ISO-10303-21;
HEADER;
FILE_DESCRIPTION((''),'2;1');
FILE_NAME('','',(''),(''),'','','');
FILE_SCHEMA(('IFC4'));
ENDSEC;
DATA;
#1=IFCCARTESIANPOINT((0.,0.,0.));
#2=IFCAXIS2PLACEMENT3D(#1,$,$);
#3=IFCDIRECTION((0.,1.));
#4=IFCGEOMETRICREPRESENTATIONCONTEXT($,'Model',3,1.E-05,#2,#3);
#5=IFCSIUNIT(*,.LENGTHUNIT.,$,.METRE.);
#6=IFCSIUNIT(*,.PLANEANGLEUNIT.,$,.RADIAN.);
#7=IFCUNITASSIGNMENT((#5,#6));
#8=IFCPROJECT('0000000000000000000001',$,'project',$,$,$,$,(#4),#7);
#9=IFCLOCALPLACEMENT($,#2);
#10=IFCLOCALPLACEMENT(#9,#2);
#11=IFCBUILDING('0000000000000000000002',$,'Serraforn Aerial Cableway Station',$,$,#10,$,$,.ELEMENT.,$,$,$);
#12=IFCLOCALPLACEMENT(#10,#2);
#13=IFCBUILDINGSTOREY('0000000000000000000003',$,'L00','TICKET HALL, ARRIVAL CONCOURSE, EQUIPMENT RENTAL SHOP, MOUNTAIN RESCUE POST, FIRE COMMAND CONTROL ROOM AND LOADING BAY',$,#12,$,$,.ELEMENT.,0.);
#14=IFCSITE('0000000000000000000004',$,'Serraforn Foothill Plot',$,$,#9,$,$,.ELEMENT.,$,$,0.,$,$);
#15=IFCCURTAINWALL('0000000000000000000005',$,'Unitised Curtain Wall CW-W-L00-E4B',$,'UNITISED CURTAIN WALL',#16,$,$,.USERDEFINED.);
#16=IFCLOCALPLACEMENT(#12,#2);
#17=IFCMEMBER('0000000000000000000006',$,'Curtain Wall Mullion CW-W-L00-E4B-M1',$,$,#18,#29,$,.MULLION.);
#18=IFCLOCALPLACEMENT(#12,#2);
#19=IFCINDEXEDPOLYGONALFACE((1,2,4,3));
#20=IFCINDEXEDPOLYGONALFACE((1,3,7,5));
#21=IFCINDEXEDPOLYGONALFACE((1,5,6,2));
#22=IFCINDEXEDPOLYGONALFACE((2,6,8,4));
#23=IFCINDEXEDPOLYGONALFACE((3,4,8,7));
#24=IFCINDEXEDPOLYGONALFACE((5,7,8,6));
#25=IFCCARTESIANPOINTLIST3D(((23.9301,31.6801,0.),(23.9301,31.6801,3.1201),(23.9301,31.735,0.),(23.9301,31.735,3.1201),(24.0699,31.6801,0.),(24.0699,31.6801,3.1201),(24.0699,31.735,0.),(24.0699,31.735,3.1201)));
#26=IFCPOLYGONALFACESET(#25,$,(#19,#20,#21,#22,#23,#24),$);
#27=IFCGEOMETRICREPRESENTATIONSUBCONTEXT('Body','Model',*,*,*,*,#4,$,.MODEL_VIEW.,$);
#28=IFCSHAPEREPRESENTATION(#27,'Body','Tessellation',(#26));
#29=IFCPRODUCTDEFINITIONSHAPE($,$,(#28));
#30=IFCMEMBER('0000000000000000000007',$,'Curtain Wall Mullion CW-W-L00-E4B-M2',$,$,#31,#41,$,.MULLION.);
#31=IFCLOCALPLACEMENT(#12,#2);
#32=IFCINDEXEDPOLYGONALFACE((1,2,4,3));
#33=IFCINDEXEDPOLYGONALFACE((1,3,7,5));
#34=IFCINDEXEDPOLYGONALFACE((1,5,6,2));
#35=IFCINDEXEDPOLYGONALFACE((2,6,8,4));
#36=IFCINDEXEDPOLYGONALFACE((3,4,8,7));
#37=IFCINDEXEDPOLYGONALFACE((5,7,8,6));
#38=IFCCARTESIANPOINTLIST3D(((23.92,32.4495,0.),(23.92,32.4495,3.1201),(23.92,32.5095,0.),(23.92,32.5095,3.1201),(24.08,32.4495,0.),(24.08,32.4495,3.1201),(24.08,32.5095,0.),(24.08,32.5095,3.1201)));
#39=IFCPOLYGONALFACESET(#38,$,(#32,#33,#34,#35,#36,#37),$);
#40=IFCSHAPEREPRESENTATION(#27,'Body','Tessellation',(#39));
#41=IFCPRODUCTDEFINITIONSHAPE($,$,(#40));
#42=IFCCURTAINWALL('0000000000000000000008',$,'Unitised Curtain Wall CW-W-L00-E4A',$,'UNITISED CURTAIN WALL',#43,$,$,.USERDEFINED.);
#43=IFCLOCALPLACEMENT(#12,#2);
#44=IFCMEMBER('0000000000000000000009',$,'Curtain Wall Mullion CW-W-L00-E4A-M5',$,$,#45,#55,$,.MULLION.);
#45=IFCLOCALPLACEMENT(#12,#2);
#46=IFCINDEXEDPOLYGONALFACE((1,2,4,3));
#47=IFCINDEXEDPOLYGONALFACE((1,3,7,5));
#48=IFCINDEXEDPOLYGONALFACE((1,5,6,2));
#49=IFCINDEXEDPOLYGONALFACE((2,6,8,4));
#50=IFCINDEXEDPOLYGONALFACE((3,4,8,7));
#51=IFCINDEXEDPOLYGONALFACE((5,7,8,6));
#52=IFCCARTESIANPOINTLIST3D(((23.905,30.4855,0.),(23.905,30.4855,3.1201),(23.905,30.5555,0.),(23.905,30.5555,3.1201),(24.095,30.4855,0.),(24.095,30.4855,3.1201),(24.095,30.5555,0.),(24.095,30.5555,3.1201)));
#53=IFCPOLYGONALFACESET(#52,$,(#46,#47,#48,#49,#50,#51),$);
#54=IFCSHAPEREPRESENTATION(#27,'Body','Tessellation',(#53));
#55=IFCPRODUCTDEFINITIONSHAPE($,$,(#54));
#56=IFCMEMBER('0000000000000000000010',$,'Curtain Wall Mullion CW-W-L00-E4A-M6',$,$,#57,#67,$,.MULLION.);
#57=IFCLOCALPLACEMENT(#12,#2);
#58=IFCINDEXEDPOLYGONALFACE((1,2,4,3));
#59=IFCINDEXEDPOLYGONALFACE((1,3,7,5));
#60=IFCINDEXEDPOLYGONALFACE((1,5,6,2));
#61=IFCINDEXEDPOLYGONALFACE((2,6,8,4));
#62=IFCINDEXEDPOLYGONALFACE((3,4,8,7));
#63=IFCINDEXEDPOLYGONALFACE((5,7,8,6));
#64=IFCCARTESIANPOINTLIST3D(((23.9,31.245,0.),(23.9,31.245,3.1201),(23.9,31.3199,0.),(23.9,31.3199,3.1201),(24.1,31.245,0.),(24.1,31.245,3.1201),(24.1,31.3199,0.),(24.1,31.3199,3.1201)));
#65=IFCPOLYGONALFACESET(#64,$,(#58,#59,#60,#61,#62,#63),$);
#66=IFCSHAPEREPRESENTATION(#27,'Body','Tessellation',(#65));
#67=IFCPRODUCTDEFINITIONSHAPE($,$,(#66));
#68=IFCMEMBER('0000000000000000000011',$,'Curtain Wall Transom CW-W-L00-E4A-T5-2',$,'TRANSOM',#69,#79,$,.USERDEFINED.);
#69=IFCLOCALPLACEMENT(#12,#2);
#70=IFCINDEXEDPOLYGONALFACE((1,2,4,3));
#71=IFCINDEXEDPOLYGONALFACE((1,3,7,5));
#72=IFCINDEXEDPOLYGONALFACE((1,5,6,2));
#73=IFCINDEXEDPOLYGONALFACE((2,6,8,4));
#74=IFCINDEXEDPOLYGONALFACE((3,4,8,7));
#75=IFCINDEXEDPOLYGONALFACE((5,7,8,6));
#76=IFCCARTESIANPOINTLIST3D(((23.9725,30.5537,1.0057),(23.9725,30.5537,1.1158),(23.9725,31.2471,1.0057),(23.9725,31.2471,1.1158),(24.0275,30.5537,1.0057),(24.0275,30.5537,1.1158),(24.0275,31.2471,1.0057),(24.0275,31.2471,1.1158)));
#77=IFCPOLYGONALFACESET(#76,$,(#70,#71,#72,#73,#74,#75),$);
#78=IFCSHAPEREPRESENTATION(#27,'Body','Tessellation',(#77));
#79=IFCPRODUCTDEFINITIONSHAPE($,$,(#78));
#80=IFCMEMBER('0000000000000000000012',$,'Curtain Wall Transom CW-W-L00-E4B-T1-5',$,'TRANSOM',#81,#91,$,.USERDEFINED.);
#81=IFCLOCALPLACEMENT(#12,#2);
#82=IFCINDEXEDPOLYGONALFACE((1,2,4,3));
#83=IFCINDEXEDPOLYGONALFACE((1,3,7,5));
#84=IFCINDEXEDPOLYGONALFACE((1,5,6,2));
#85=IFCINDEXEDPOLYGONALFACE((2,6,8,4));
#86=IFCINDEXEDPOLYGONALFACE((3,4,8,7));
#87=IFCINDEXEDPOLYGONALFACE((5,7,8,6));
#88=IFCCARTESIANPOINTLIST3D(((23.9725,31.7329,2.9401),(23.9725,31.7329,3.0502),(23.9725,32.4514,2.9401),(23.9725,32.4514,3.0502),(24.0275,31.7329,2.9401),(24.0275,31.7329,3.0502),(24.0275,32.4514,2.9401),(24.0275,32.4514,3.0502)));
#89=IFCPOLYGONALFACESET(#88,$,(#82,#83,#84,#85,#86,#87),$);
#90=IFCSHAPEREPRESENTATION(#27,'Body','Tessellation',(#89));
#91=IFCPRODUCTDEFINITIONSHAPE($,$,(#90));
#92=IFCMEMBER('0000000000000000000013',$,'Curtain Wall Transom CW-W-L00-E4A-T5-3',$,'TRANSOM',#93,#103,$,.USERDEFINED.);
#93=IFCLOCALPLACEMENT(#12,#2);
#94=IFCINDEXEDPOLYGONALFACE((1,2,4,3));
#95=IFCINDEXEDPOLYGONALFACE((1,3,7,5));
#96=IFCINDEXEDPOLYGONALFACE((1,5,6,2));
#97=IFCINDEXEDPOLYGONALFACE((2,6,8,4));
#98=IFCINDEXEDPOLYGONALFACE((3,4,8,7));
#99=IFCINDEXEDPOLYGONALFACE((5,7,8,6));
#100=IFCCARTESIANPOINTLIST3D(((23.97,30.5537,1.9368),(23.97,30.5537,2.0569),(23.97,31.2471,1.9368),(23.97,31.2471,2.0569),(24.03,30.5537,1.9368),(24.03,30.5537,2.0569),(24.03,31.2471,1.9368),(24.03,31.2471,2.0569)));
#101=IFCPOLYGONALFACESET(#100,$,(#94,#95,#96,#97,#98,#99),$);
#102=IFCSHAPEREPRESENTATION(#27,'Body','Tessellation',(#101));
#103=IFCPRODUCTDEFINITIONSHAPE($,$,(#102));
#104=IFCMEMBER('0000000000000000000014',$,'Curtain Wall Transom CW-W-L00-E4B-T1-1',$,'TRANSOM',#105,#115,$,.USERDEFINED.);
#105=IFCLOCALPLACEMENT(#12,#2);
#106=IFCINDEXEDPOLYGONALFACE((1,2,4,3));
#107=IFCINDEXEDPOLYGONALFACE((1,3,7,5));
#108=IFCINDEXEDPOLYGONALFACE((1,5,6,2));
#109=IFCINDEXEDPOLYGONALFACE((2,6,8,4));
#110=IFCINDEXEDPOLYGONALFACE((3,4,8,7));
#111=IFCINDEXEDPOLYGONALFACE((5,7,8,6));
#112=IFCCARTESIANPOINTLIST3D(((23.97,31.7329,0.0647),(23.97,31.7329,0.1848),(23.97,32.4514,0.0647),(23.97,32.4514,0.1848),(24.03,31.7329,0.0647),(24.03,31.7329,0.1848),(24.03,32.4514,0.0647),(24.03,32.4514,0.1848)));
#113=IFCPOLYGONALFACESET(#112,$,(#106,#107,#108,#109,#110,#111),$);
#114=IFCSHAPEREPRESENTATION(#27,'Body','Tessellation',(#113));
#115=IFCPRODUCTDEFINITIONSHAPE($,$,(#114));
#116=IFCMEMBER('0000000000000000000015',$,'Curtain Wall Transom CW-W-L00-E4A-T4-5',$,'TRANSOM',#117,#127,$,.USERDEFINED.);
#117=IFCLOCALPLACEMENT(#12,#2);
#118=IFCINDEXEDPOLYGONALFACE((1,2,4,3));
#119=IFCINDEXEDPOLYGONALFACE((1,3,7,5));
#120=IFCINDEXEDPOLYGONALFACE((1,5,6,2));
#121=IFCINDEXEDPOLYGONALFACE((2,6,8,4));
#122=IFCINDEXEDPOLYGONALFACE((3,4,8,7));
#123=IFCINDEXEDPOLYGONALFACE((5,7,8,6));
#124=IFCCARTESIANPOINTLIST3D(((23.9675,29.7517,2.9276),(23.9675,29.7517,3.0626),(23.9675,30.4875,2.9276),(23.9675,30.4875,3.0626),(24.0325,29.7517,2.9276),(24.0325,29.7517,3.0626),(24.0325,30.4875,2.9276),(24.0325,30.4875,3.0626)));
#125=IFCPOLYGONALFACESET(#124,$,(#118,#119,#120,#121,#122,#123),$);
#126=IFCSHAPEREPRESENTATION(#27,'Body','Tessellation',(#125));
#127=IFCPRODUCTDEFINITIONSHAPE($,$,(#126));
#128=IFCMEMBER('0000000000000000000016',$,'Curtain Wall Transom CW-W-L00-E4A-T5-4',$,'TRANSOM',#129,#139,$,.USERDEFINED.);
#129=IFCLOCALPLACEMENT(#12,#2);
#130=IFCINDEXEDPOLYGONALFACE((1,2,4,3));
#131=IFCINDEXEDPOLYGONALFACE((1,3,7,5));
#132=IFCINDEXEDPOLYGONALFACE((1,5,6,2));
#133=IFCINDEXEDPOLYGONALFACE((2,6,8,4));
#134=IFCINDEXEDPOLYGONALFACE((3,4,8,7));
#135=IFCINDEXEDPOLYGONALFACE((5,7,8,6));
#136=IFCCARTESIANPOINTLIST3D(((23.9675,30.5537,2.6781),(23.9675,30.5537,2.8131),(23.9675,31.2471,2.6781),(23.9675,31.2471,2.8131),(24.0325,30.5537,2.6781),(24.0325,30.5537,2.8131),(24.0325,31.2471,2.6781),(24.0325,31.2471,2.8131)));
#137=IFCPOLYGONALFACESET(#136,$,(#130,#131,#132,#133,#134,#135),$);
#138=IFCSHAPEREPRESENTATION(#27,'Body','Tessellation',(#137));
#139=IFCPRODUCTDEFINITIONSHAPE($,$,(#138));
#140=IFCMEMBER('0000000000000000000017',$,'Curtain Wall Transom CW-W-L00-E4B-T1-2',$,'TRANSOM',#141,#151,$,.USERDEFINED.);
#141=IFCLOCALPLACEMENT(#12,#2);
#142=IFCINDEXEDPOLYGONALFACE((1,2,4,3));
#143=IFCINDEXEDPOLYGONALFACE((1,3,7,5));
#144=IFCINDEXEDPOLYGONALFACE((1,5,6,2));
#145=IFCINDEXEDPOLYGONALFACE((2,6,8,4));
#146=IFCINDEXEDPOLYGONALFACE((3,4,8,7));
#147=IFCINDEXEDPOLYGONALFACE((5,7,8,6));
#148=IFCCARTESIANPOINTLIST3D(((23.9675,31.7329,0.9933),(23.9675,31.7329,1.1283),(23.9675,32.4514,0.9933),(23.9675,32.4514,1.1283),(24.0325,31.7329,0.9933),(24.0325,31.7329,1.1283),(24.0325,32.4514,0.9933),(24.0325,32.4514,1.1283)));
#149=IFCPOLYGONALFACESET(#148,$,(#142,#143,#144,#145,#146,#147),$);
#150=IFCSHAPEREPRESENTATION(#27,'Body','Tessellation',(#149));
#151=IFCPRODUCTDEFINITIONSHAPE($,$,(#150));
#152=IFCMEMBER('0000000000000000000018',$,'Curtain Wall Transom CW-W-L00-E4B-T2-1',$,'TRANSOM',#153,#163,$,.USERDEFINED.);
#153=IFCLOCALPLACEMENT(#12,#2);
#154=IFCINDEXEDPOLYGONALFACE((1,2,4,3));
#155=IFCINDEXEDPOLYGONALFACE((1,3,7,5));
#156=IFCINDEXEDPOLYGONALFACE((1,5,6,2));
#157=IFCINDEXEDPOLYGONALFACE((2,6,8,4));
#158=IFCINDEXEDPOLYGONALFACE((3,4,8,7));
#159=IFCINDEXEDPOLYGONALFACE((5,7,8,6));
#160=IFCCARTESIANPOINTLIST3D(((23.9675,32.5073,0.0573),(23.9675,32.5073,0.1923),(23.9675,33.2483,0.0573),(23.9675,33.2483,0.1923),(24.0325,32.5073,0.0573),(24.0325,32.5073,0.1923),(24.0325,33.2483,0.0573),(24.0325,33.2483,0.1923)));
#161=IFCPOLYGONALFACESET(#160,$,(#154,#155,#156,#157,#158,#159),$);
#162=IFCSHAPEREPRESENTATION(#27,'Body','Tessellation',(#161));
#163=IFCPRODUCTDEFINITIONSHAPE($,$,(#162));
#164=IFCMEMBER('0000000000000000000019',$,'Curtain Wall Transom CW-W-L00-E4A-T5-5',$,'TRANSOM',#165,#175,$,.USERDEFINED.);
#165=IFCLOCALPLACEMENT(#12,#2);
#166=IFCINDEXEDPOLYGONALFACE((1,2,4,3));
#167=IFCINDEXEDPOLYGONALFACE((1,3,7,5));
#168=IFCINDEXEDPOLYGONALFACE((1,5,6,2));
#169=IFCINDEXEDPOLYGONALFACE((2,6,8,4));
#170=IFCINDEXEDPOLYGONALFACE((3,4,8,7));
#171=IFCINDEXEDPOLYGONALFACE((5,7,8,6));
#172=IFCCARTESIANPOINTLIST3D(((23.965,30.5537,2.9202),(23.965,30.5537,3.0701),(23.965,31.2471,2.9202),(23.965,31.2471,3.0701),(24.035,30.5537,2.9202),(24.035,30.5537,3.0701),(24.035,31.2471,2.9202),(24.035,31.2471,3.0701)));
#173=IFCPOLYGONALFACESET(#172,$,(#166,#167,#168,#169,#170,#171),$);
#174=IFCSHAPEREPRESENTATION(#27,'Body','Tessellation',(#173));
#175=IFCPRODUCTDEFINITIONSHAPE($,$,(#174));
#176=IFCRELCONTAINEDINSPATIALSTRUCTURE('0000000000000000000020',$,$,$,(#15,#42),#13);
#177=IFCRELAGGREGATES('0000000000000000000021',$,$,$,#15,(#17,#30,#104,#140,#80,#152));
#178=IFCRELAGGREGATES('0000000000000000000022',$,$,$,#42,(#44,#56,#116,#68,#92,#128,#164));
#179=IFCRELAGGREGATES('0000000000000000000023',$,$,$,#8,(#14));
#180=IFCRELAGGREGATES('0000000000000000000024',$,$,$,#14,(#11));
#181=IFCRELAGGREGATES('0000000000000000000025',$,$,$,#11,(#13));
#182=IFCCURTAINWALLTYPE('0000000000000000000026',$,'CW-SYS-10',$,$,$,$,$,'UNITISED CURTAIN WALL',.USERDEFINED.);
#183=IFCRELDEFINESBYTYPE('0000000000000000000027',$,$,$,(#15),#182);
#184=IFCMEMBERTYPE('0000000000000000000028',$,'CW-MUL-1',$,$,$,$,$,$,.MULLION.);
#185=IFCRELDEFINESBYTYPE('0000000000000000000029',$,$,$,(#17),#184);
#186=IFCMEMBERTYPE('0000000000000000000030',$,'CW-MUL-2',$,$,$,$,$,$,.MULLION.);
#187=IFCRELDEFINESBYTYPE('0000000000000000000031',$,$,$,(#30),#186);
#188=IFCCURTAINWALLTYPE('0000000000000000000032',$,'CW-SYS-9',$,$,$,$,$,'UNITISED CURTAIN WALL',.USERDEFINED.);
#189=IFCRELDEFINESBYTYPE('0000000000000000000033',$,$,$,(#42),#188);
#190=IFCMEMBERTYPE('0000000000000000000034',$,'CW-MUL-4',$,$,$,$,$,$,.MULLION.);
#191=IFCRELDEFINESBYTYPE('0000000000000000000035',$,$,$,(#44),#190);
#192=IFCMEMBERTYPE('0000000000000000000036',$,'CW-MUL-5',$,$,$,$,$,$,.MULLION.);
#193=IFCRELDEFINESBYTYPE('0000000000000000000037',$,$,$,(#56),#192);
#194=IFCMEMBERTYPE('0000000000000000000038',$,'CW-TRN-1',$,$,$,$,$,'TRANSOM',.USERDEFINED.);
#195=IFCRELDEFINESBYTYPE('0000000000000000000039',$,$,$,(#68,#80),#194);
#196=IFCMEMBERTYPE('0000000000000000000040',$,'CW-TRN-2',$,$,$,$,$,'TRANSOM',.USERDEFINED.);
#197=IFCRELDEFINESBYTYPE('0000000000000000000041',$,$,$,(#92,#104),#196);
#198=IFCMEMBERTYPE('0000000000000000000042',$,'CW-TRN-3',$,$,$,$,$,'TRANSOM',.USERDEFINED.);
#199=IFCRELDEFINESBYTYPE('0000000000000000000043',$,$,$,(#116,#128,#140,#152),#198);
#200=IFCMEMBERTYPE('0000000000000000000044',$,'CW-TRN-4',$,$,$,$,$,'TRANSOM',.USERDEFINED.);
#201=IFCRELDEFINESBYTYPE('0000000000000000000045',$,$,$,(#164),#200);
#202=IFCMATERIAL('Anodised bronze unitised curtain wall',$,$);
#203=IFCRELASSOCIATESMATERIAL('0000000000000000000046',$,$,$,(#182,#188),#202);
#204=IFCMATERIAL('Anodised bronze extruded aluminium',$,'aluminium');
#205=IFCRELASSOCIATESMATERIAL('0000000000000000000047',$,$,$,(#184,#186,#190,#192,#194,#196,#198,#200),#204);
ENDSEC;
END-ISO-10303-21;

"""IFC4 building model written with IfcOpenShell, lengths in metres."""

from ifc_helpers import new_model, si_unit, direction, frame, origin, origin_2d, place, context, subcontext, project, spatial, rectangle, extrude, material, material_profile, profile_set, type_object, element, aggregate, save


model = new_model("IFC4")

# Units and contexts
model_context = context("Model", 3, precision=1e-05, world=origin(), true_north=direction((0.0, 1.0)))
body_context = subcontext(model_context, "Body", "Model", "MODEL_VIEW")
ifc_project = project(units=[si_unit("LENGTHUNIT", "METRE"), si_unit("PLANEANGLEUNIT", "RADIAN")], contexts=[model_context])

# Site, building, storey
site_placement = place(None, origin())
site = spatial("IfcSite", under=ifc_project, at=site_placement, Name="Serraforn Foothill Plot", CompositionType="ELEMENT", RefElevation=0.0)
building_placement = place(site_placement, origin())
building = spatial("IfcBuilding", under=site, at=building_placement, Name="Serraforn Aerial Cableway Station", CompositionType="ELEMENT")
storey_placement = place(building_placement, origin())
storey = spatial("IfcBuildingStorey", under=building, at=storey_placement, Name="L00", Description="TICKET HALL, ARRIVAL CONCOURSE, EQUIPMENT RENTAL SHOP, MOUNTAIN RESCUE POST, FIRE COMMAND CONTROL ROOM AND LOADING BAY", CompositionType="ELEMENT", Elevation=0.0)

# Curtain walls, members
ifc_material_1 = material(Name="Anodised bronze unitised curtain wall")
curtain_wall_type_1 = type_object("IfcCurtainWallType", Name="CW-SYS-10", ElementType="UNITISED CURTAIN WALL", PredefinedType="USERDEFINED", material=ifc_material_1)
curtain_wall_1_placement = place(storey_placement, origin())
curtain_wall_1 = element("IfcCurtainWall", 1, at=curtain_wall_1_placement, inside=storey, type_object=curtain_wall_type_1, Name="Unitised Curtain Wall CW-W-L00-E4B", ObjectType="UNITISED CURTAIN WALL", PredefinedType="USERDEFINED")
ifc_material_2 = material(Name="Anodised bronze extruded aluminium", Category="aluminium")
ifc_material_profile_1 = material_profile(ifc_material_2, rectangle(XDim=0.0549, YDim=0.1399, at=origin_2d()), Name="CW MULLION 55x140")
ifc_profile_set_1 = profile_set([ifc_material_profile_1], Name="Anodised bronze extruded aluminium")
member_type_1 = type_object("IfcMemberType", Name="CW-MUL-1", PredefinedType="MULLION", material=ifc_profile_set_1)
member_1_placement = place(storey_placement, frame((24.0, 31.7075, 0.0), z_axis=(0.0, 0.0, 1.0), x_axis=(0.0, 1.0, 0.0)))
member_1 = element("IfcMember", 2, at=member_1_placement, type_object=member_type_1, Name="Curtain Wall Mullion CW-W-L00-E4B-M1", PredefinedType="MULLION", context=body_context, shape_type="SweptSolid", body=[
    extrude(rectangle(XDim=0.0549, YDim=0.1399, at=origin_2d()), origin(), (0.0, 0.0, 1.0), 3.1201),
])
ifc_material_profile_2 = material_profile(ifc_material_2, rectangle(XDim=0.0601, YDim=0.1599, at=origin_2d()), Name="CW MULLION 60x160")
ifc_profile_set_2 = profile_set([ifc_material_profile_2], Name="Anodised bronze extruded aluminium")
member_type_2 = type_object("IfcMemberType", Name="CW-MUL-2", PredefinedType="MULLION", material=ifc_profile_set_2)
member_2_placement = place(storey_placement, frame((24.0, 32.4795, 0.0), z_axis=(0.0, 0.0, 1.0), x_axis=(0.0, 1.0, 0.0)))
member_2 = element("IfcMember", 3, at=member_2_placement, type_object=member_type_2, Name="Curtain Wall Mullion CW-W-L00-E4B-M2", PredefinedType="MULLION", context=body_context, shape_type="SweptSolid", body=[
    extrude(rectangle(XDim=0.0601, YDim=0.1599, at=origin_2d()), origin(), (0.0, 0.0, 1.0), 3.1201),
])
curtain_wall_type_2 = type_object("IfcCurtainWallType", Name="CW-SYS-9", ElementType="UNITISED CURTAIN WALL", PredefinedType="USERDEFINED", material=ifc_material_1)
curtain_wall_2_placement = place(storey_placement, origin())
curtain_wall_2 = element("IfcCurtainWall", 4, at=curtain_wall_2_placement, inside=storey, type_object=curtain_wall_type_2, Name="Unitised Curtain Wall CW-W-L00-E4A", ObjectType="UNITISED CURTAIN WALL", PredefinedType="USERDEFINED")
ifc_material_profile_3 = material_profile(ifc_material_2, rectangle(XDim=0.0701, YDim=0.1899, at=origin_2d()), Name="CW MULLION 70x190")
ifc_profile_set_3 = profile_set([ifc_material_profile_3], Name="Anodised bronze extruded aluminium")
member_type_3 = type_object("IfcMemberType", Name="CW-MUL-4", PredefinedType="MULLION", material=ifc_profile_set_3)
member_3_placement = place(storey_placement, frame((24.0, 30.5205, 0.0), z_axis=(0.0, 0.0, 1.0), x_axis=(0.0, 1.0, 0.0)))
member_3 = element("IfcMember", 5, at=member_3_placement, type_object=member_type_3, Name="Curtain Wall Mullion CW-W-L00-E4A-M5", PredefinedType="MULLION", context=body_context, shape_type="SweptSolid", body=[
    extrude(rectangle(XDim=0.0701, YDim=0.1899, at=origin_2d()), origin(), (0.0, 0.0, 1.0), 3.1201),
])
ifc_material_profile_4 = material_profile(ifc_material_2, rectangle(XDim=0.075, YDim=0.2, at=origin_2d()), Name="CW MULLION 75x200")
ifc_profile_set_4 = profile_set([ifc_material_profile_4], Name="Anodised bronze extruded aluminium")
member_type_4 = type_object("IfcMemberType", Name="CW-MUL-5", PredefinedType="MULLION", material=ifc_profile_set_4)
member_4_placement = place(storey_placement, frame((24.0, 31.2825, 0.0), z_axis=(0.0, 0.0, 1.0), x_axis=(0.0, 1.0, 0.0)))
member_4 = element("IfcMember", 6, at=member_4_placement, type_object=member_type_4, Name="Curtain Wall Mullion CW-W-L00-E4A-M6", PredefinedType="MULLION", context=body_context, shape_type="SweptSolid", body=[
    extrude(rectangle(XDim=0.075, YDim=0.2, at=origin_2d()), origin(), (0.0, 0.0, 1.0), 3.1201),
])
ifc_material_profile_5 = material_profile(ifc_material_2, rectangle(XDim=0.0549, YDim=0.1101, at=origin_2d()), Name="CW TRANSOM 55x110")
ifc_profile_set_5 = profile_set([ifc_material_profile_5], Name="Anodised bronze extruded aluminium")
member_type_5 = type_object("IfcMemberType", Name="CW-TRN-1", ElementType="TRANSOM", PredefinedType="USERDEFINED", material=ifc_profile_set_5)
member_5_placement = place(storey_placement, frame((24.0, 30.5537, 1.0608), z_axis=(0.0, 1.0, 0.0), x_axis=(-1.0, 0.0, 0.0)))
member_5 = element("IfcMember", 7, at=member_5_placement, type_object=member_type_5, Name="Curtain Wall Transom CW-W-L00-E4A-T5-2", ObjectType="TRANSOM", PredefinedType="USERDEFINED", context=body_context, shape_type="SweptSolid", body=[
    extrude(rectangle(XDim=0.0549, YDim=0.1101, at=origin_2d()), origin(), (0.0, 0.0, 1.0), 0.6934),
])

# Members
member_6_placement = place(storey_placement, frame((24.0, 31.7329, 2.9951), z_axis=(0.0, 1.0, 0.0), x_axis=(-1.0, 0.0, 0.0)))
member_6 = element("IfcMember", 8, at=member_6_placement, type_object=member_type_5, Name="Curtain Wall Transom CW-W-L00-E4B-T1-5", ObjectType="TRANSOM", PredefinedType="USERDEFINED", context=body_context, shape_type="SweptSolid", body=[
    extrude(rectangle(XDim=0.0549, YDim=0.1101, at=origin_2d()), origin(), (0.0, 0.0, 1.0), 0.7185),
])
ifc_material_profile_6 = material_profile(ifc_material_2, rectangle(XDim=0.0601, YDim=0.1201, at=origin_2d()), Name="CW TRANSOM 60x120")
ifc_profile_set_6 = profile_set([ifc_material_profile_6], Name="Anodised bronze extruded aluminium")
member_type_6 = type_object("IfcMemberType", Name="CW-TRN-2", ElementType="TRANSOM", PredefinedType="USERDEFINED", material=ifc_profile_set_6)
member_7_placement = place(storey_placement, frame((24.0, 30.5537, 1.9968), z_axis=(0.0, 1.0, 0.0), x_axis=(-1.0, 0.0, 0.0)))
member_7 = element("IfcMember", 9, at=member_7_placement, type_object=member_type_6, Name="Curtain Wall Transom CW-W-L00-E4A-T5-3", ObjectType="TRANSOM", PredefinedType="USERDEFINED", context=body_context, shape_type="SweptSolid", body=[
    extrude(rectangle(XDim=0.0601, YDim=0.1201, at=origin_2d()), origin(), (0.0, 0.0, 1.0), 0.6934),
])
member_8_placement = place(storey_placement, frame((24.0, 31.7329, 0.1248), z_axis=(0.0, 1.0, 0.0), x_axis=(-1.0, 0.0, 0.0)))
member_8 = element("IfcMember", 10, at=member_8_placement, type_object=member_type_6, Name="Curtain Wall Transom CW-W-L00-E4B-T1-1", ObjectType="TRANSOM", PredefinedType="USERDEFINED", context=body_context, shape_type="SweptSolid", body=[
    extrude(rectangle(XDim=0.0601, YDim=0.1201, at=origin_2d()), origin(), (0.0, 0.0, 1.0), 0.7185),
])
ifc_material_profile_7 = material_profile(ifc_material_2, rectangle(XDim=0.0649, YDim=0.135, at=origin_2d()), Name="CW TRANSOM 65x135")
ifc_profile_set_7 = profile_set([ifc_material_profile_7], Name="Anodised bronze extruded aluminium")
member_type_7 = type_object("IfcMemberType", Name="CW-TRN-3", ElementType="TRANSOM", PredefinedType="USERDEFINED", material=ifc_profile_set_7)
member_9_placement = place(storey_placement, frame((24.0, 29.7517, 2.9951), z_axis=(0.0, 1.0, 0.0), x_axis=(-1.0, 0.0, 0.0)))
member_9 = element("IfcMember", 11, at=member_9_placement, type_object=member_type_7, Name="Curtain Wall Transom CW-W-L00-E4A-T4-5", ObjectType="TRANSOM", PredefinedType="USERDEFINED", context=body_context, shape_type="SweptSolid", body=[
    extrude(rectangle(XDim=0.0649, YDim=0.135, at=origin_2d()), origin(), (0.0, 0.0, 1.0), 0.7358),
])
member_10_placement = place(storey_placement, frame((24.0, 30.5537, 2.7456), z_axis=(0.0, 1.0, 0.0), x_axis=(-1.0, 0.0, 0.0)))
member_10 = element("IfcMember", 12, at=member_10_placement, type_object=member_type_7, Name="Curtain Wall Transom CW-W-L00-E4A-T5-4", ObjectType="TRANSOM", PredefinedType="USERDEFINED", context=body_context, shape_type="SweptSolid", body=[
    extrude(rectangle(XDim=0.0649, YDim=0.135, at=origin_2d()), origin(), (0.0, 0.0, 1.0), 0.6934),
])
member_11_placement = place(storey_placement, frame((24.0, 31.7329, 1.0608), z_axis=(0.0, 1.0, 0.0), x_axis=(-1.0, 0.0, 0.0)))
member_11 = element("IfcMember", 13, at=member_11_placement, type_object=member_type_7, Name="Curtain Wall Transom CW-W-L00-E4B-T1-2", ObjectType="TRANSOM", PredefinedType="USERDEFINED", context=body_context, shape_type="SweptSolid", body=[
    extrude(rectangle(XDim=0.0649, YDim=0.135, at=origin_2d()), origin(), (0.0, 0.0, 1.0), 0.7185),
])
member_12_placement = place(storey_placement, frame((24.0, 32.5073, 0.1248), z_axis=(0.0, 1.0, 0.0), x_axis=(-1.0, 0.0, 0.0)))
member_12 = element("IfcMember", 14, at=member_12_placement, type_object=member_type_7, Name="Curtain Wall Transom CW-W-L00-E4B-T2-1", ObjectType="TRANSOM", PredefinedType="USERDEFINED", context=body_context, shape_type="SweptSolid", body=[
    extrude(rectangle(XDim=0.0649, YDim=0.135, at=origin_2d()), origin(), (0.0, 0.0, 1.0), 0.741),
])
ifc_material_profile_8 = material_profile(ifc_material_2, rectangle(XDim=0.0701, YDim=0.1499, at=origin_2d()), Name="CW TRANSOM 70x150")
ifc_profile_set_8 = profile_set([ifc_material_profile_8], Name="Anodised bronze extruded aluminium")
member_type_8 = type_object("IfcMemberType", Name="CW-TRN-4", ElementType="TRANSOM", PredefinedType="USERDEFINED", material=ifc_profile_set_8)
member_13_placement = place(storey_placement, frame((24.0, 30.5537, 2.9951), z_axis=(0.0, 1.0, 0.0), x_axis=(-1.0, 0.0, 0.0)))
member_13 = element("IfcMember", 15, at=member_13_placement, type_object=member_type_8, Name="Curtain Wall Transom CW-W-L00-E4A-T5-5", ObjectType="TRANSOM", PredefinedType="USERDEFINED", context=body_context, shape_type="SweptSolid", body=[
    extrude(rectangle(XDim=0.0701, YDim=0.1499, at=origin_2d()), origin(), (0.0, 0.0, 1.0), 0.6934),
])

aggregate(curtain_wall_1, [member_1, member_2, member_8, member_11, member_6, member_12])
aggregate(curtain_wall_2, [member_3, member_4, member_9, member_5, member_7, member_10, member_13])

save(model, "model.ifc")
